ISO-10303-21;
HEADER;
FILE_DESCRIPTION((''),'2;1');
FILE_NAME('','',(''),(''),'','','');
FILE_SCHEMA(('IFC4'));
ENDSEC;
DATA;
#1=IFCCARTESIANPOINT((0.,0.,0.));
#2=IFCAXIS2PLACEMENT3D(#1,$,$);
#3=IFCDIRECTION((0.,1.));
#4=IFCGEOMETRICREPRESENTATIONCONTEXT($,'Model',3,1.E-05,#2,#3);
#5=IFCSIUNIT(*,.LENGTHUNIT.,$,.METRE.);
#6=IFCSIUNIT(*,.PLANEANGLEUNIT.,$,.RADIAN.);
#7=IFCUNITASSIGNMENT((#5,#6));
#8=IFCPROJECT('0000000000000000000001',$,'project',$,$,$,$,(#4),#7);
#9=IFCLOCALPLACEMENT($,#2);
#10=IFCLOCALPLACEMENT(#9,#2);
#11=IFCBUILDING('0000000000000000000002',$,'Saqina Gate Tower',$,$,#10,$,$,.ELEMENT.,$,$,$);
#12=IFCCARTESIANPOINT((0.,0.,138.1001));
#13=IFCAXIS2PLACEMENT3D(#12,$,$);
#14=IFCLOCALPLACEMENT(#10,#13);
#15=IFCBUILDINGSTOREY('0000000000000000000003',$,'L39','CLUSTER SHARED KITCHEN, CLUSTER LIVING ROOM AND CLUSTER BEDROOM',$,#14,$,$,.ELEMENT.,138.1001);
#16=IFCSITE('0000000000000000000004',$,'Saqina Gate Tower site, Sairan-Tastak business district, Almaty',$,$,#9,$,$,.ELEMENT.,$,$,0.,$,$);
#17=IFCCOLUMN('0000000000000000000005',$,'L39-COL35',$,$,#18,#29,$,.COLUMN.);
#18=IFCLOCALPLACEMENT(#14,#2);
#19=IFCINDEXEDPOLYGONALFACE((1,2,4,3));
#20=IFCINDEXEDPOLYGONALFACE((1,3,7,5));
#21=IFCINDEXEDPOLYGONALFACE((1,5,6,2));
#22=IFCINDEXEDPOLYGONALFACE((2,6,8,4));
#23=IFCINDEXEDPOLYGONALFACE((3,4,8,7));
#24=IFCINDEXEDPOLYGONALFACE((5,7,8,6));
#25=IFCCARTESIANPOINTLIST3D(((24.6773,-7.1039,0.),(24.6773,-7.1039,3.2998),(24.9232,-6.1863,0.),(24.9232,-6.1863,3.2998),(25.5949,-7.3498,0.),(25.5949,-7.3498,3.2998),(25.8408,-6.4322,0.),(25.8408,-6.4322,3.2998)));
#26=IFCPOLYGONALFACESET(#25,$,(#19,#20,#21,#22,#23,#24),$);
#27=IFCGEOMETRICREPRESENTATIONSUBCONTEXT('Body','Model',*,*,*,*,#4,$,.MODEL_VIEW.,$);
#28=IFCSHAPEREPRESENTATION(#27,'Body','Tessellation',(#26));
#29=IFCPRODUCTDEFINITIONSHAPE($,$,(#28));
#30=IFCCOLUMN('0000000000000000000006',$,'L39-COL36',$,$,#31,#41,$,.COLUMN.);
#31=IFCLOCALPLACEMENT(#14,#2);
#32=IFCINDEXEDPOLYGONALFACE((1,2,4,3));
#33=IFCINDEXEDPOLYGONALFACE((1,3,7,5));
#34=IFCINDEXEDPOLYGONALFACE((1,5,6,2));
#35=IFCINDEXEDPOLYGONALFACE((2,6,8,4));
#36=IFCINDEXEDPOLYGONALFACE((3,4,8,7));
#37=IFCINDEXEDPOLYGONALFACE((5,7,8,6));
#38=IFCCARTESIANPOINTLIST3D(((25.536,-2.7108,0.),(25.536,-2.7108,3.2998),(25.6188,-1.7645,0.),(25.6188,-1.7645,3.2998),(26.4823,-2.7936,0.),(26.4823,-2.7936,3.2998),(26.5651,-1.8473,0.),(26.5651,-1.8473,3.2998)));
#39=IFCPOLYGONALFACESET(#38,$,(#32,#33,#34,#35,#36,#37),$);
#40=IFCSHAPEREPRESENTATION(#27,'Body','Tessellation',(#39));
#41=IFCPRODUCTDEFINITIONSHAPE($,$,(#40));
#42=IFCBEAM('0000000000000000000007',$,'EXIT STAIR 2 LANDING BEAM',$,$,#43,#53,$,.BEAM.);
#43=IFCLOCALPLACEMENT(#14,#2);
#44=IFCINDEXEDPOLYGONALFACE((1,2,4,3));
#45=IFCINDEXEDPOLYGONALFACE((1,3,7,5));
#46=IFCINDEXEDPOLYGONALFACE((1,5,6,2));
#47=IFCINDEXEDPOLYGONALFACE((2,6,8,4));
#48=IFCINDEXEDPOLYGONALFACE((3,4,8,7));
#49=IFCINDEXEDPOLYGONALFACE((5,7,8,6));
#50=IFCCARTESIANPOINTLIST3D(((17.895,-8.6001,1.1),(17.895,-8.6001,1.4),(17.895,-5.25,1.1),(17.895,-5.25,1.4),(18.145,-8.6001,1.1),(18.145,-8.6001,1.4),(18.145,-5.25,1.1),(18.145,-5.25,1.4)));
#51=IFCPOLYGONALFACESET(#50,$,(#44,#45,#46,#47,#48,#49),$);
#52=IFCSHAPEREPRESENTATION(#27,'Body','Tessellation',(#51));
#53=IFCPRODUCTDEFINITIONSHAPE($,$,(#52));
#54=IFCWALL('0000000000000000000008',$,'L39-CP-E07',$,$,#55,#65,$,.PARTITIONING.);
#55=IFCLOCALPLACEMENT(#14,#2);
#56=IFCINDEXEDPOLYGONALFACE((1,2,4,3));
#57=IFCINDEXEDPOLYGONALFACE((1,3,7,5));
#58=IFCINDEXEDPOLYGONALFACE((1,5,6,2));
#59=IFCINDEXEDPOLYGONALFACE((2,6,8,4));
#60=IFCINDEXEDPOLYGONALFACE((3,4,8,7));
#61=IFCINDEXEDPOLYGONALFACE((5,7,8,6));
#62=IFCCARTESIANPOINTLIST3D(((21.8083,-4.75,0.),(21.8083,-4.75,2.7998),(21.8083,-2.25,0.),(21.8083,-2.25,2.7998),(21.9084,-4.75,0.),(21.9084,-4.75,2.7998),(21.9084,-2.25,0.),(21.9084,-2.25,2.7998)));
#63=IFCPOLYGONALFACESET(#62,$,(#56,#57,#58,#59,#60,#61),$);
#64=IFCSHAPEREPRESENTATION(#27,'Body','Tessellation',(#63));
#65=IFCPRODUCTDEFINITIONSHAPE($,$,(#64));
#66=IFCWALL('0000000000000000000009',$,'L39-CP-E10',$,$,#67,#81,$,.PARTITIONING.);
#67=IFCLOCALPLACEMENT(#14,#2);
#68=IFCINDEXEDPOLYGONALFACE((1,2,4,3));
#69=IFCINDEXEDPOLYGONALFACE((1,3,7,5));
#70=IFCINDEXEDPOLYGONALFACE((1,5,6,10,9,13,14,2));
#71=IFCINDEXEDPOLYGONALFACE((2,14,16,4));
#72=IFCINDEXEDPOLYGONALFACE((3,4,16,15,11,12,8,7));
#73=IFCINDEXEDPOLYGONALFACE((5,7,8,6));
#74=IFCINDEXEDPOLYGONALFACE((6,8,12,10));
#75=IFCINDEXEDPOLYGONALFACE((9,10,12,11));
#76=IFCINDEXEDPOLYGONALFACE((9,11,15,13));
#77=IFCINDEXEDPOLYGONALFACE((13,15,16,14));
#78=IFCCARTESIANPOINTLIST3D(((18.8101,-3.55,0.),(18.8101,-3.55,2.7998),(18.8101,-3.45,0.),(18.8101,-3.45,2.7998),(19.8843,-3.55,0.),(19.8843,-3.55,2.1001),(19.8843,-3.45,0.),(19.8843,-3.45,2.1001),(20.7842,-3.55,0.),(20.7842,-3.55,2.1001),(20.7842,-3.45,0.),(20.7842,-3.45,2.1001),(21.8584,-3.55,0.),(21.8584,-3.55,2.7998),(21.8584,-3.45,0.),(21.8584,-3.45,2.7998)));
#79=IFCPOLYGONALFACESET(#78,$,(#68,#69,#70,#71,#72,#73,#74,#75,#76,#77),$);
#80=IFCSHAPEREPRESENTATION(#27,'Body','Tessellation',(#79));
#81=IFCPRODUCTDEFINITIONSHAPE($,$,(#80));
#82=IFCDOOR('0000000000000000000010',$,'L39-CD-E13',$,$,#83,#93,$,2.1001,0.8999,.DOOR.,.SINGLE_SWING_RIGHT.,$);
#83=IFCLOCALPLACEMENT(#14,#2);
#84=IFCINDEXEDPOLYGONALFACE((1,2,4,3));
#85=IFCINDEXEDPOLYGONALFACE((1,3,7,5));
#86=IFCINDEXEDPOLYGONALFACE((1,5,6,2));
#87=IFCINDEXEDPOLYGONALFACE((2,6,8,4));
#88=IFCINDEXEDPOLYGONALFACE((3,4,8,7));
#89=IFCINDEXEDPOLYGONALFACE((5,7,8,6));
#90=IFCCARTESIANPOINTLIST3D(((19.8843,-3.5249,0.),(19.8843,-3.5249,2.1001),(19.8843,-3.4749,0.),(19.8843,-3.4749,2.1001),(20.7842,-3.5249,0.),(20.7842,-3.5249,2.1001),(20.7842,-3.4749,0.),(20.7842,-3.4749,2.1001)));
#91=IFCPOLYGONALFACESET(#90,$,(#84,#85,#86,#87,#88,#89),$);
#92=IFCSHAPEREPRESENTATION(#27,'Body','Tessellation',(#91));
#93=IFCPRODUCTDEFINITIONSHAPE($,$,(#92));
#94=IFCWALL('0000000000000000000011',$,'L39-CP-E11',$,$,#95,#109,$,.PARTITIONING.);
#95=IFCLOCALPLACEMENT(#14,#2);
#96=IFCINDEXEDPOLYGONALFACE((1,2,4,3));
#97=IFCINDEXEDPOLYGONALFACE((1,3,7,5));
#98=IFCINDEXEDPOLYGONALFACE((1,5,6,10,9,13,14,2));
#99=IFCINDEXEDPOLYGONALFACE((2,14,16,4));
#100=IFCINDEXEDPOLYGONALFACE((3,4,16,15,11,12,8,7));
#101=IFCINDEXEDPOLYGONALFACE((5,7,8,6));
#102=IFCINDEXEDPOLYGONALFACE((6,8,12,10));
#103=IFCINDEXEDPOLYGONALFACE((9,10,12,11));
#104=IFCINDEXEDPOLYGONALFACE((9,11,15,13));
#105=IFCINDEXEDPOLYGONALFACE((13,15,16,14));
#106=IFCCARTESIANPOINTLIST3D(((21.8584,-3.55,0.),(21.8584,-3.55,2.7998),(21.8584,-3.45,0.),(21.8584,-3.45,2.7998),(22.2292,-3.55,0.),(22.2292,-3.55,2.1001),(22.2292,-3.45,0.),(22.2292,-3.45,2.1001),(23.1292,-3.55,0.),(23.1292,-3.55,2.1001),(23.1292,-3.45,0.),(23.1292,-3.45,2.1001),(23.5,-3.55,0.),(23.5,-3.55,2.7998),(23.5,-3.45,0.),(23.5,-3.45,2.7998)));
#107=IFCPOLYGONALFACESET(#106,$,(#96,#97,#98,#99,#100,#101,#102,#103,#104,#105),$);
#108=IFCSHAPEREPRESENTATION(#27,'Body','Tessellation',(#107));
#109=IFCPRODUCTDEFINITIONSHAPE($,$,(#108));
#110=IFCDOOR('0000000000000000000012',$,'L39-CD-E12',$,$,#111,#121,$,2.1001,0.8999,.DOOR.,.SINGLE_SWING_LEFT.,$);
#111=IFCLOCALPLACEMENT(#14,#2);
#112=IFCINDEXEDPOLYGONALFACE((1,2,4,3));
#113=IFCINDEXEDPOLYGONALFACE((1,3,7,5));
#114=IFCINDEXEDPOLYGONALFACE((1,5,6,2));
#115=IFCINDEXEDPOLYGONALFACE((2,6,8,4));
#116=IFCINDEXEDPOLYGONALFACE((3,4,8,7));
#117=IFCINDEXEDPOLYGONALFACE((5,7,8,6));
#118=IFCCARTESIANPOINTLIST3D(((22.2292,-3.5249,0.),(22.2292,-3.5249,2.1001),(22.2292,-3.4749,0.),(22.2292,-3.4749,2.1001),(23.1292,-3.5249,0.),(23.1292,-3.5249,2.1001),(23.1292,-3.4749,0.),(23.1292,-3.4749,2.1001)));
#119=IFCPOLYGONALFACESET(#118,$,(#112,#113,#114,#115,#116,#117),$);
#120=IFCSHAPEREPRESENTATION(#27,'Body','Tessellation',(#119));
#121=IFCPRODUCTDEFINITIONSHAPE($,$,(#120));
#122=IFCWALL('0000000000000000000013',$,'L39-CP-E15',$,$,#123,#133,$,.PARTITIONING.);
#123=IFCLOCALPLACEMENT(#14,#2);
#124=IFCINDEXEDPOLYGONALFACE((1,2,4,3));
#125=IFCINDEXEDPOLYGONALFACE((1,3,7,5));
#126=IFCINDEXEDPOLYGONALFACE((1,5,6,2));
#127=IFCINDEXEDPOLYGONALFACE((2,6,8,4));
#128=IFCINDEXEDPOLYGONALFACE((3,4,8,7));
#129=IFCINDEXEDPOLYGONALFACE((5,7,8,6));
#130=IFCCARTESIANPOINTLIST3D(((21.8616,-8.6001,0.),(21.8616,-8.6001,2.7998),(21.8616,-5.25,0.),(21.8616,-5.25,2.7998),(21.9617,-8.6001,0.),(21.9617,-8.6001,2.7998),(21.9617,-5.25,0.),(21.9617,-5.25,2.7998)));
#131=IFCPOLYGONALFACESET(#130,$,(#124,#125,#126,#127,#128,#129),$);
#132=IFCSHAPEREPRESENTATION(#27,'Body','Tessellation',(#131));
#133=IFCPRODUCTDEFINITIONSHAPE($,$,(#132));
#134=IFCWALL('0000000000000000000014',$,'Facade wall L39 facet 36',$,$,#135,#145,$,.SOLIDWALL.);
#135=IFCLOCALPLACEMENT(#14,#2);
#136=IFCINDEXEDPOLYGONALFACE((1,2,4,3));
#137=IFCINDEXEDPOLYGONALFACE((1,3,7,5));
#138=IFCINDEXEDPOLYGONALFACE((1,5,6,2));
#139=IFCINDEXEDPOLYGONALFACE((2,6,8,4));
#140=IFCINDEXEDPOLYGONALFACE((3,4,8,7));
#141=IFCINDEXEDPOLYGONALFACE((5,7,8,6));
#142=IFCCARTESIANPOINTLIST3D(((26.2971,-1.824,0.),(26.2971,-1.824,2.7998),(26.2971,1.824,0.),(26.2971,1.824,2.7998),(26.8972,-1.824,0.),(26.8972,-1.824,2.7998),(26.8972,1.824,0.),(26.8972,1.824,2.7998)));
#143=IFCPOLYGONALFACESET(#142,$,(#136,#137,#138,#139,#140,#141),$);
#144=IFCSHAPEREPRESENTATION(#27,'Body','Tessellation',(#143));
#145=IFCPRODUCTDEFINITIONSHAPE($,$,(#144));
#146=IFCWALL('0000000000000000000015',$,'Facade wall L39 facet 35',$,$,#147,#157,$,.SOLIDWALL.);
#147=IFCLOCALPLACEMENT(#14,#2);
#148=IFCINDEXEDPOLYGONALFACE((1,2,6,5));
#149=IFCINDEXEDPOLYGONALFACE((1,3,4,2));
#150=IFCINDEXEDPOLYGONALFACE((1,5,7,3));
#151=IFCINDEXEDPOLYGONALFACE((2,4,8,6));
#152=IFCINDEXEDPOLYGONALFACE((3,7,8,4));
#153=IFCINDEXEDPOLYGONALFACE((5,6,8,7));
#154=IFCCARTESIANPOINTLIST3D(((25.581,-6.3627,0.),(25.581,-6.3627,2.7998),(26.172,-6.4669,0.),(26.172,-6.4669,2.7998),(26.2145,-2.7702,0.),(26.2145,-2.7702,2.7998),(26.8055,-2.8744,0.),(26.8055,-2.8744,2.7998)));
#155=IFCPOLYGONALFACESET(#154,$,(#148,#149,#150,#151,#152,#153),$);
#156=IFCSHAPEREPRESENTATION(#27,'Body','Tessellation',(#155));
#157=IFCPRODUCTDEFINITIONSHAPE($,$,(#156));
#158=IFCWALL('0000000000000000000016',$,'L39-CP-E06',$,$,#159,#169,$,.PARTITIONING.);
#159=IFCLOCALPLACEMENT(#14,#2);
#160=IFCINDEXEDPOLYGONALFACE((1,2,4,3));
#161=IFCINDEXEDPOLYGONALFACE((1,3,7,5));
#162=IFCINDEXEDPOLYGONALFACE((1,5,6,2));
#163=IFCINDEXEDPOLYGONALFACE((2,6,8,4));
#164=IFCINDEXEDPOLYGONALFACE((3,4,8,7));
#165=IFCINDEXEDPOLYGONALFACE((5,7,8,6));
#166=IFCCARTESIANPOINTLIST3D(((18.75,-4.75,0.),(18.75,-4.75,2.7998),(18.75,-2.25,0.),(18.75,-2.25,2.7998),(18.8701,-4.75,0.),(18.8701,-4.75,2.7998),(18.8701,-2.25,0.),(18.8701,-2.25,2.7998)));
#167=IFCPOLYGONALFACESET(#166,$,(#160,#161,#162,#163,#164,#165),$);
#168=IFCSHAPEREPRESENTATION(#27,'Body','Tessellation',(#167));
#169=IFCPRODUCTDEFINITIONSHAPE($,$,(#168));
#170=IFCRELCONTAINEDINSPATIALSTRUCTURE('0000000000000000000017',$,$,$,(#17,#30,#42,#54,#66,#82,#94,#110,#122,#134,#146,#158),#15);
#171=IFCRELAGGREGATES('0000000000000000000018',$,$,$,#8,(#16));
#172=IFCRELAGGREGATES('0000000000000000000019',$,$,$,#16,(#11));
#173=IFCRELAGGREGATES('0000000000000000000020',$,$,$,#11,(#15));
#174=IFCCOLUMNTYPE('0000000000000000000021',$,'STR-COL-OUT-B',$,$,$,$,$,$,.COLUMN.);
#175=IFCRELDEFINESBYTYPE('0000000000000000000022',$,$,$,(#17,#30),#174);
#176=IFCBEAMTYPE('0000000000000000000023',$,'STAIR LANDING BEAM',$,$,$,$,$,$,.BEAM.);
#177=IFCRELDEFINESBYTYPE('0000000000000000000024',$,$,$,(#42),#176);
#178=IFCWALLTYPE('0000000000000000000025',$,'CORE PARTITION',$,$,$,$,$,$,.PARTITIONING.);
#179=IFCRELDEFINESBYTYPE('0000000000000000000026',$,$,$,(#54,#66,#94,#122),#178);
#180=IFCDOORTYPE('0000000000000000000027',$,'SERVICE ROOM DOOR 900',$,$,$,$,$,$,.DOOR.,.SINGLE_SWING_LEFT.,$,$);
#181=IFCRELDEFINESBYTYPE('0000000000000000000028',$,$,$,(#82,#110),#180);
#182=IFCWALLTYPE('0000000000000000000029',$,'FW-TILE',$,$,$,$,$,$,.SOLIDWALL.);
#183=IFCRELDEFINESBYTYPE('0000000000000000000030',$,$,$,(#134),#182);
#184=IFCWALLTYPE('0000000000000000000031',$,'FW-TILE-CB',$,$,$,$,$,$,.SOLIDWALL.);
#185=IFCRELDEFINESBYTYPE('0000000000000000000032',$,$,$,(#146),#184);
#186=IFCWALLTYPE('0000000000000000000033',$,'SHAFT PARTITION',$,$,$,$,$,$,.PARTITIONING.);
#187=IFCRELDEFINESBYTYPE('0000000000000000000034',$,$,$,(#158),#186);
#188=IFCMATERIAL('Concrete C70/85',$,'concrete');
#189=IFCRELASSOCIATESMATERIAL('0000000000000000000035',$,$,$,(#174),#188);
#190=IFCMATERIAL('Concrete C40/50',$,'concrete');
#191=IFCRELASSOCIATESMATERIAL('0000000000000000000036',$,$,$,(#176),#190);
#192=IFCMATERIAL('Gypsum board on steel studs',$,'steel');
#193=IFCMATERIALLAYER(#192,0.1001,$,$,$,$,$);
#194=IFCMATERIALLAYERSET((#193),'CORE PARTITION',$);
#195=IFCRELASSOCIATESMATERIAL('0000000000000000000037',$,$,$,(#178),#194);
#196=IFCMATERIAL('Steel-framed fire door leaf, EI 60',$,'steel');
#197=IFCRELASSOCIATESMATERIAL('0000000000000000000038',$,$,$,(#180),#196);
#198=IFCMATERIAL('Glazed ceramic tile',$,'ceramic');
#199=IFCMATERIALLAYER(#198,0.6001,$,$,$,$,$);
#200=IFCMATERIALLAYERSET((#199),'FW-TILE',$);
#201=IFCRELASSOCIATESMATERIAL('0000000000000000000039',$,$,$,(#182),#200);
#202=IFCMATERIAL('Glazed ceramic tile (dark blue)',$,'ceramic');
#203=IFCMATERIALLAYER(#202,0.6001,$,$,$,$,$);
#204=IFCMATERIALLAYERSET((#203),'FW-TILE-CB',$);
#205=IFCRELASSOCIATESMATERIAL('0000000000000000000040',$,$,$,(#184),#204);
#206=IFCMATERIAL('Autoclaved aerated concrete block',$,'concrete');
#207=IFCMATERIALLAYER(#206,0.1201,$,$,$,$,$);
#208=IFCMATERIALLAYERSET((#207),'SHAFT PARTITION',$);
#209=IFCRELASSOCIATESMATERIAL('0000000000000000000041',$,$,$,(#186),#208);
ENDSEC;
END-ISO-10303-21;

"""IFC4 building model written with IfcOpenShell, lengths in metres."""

from ifc_helpers import new_model, si_unit, direction, frame, frame_2d, origin, origin_2d, place, context, subcontext, project, spatial, rectangle, extrude, material, layer, layer_set, material_profile, profile_set, type_object, element, fill, save


model = new_model("IFC4")

# Units and contexts
model_context = context("Model", 3, precision=1e-05, world=origin(), true_north=direction((0.0, 1.0)))
body_context = subcontext(model_context, "Body", "Model", "MODEL_VIEW")
ifc_project = project(units=[si_unit("LENGTHUNIT", "METRE"), si_unit("PLANEANGLEUNIT", "RADIAN")], contexts=[model_context])

# Site, building, storey
site_placement = place(None, origin())
site = spatial("IfcSite", under=ifc_project, at=site_placement, Name="Saqina Gate Tower site, Sairan-Tastak business district, Almaty", CompositionType="ELEMENT", RefElevation=0.0)
building_placement = place(site_placement, origin())
building = spatial("IfcBuilding", under=site, at=building_placement, Name="Saqina Gate Tower", CompositionType="ELEMENT")
storey_placement = place(building_placement, frame((0.0, 0.0, 138.1001)))
storey = spatial("IfcBuildingStorey", under=building, at=storey_placement, Name="L39", Description="CLUSTER SHARED KITCHEN, CLUSTER LIVING ROOM AND CLUSTER BEDROOM", CompositionType="ELEMENT", Elevation=138.1001)

# Columns
ifc_material_1 = material(Name="Concrete C70/85", Category="concrete")
ifc_material_profile_1 = material_profile(ifc_material_1, rectangle(XDim=0.95, YDim=0.95, at=origin_2d()), Name="RC 950x950")
ifc_profile_set_1 = profile_set([ifc_material_profile_1], Name="Concrete C70/85")
column_type = type_object("IfcColumnType", Name="STR-COL-OUT-B", PredefinedType="COLUMN", material=ifc_profile_set_1)
for number, where, z_axis, x_axis, name in (
    (1, (25.259, -6.7681, 0.0), (0.0, 0.0, 1.0), (0.965926, -0.258819, 0.0), "L39-COL35"),
    (2, (26.0505, -2.2791, 0.0), (0.0, 0.0, 1.0), (0.996195, -0.087156, 0.0), "L39-COL36"),
):
    element("IfcColumn", number, at=place(storey_placement, frame(where, z_axis=z_axis, x_axis=x_axis)), inside=storey, type_object=column_type, Name=name, PredefinedType="COLUMN", context=body_context, shape_type="SweptSolid", body=[
        extrude(rectangle(XDim=0.95, YDim=0.95, at=origin_2d()), origin(), (0.0, 0.0, 1.0), 3.2998),
    ])

# Beam
ifc_material_2 = material(Name="Concrete C40/50", Category="concrete")
ifc_material_profile_2 = material_profile(ifc_material_2, rectangle(XDim=0.25, YDim=0.3, at=origin_2d()), Name="STAIR LANDING BEAM")
ifc_profile_set_2 = profile_set([ifc_material_profile_2], Name="Concrete C40/50")
beam_type = type_object("IfcBeamType", Name="STAIR LANDING BEAM", PredefinedType="BEAM", material=ifc_profile_set_2)
beam_placement = place(storey_placement, frame((18.02, -8.6001, 1.25), z_axis=(0.0, 1.0, 0.0), x_axis=(-1.0, 0.0, 0.0)))
element("IfcBeam", 3, at=beam_placement, inside=storey, type_object=beam_type, Name="EXIT STAIR 2 LANDING BEAM", PredefinedType="BEAM", context=body_context, shape_type="SweptSolid", body=[
    extrude(rectangle(XDim=0.25, YDim=0.3, at=origin_2d()), origin(), (0.0, 0.0, 1.0), 3.3501),
])

# Wall
ifc_material_3 = material(Name="Gypsum board on steel studs", Category="steel")
ifc_layer_1 = layer(ifc_material_3, 0.1001)
ifc_layer_set_1 = layer_set([ifc_layer_1], Name="CORE PARTITION")
wall_type_1 = type_object("IfcWallType", Name="CORE PARTITION", PredefinedType="PARTITIONING", material=ifc_layer_set_1)
wall_1_placement = place(storey_placement, frame((21.8584, -4.75, 0.0), z_axis=(0.0, 0.0, 1.0), x_axis=(0.0, 1.0, 0.0)))
element("IfcWall", 4, at=wall_1_placement, inside=storey, type_object=wall_type_1, Name="L39-CP-E07", PredefinedType="PARTITIONING", context=body_context, shape_type="SweptSolid", body=[
    extrude(rectangle(XDim=2.5, YDim=0.1001, at=frame_2d((1.25, 0.0))), origin(), (0.0, 0.0, 1.0), 2.7998),
])

# Walls, openings, doors
wall_2_placement = place(storey_placement, frame((18.8101, -3.5, 0.0), z_axis=(0.0, 0.0, 1.0), x_axis=(1.0, 0.0, 0.0)))
wall_2 = element("IfcWall", 5, at=wall_2_placement, inside=storey, type_object=wall_type_1, Name="L39-CP-E10", PredefinedType="PARTITIONING", context=body_context, shape_type="SweptSolid", body=[
    extrude(rectangle(XDim=3.0483, YDim=0.1001, at=frame_2d((1.5242, 0.0))), origin(), (0.0, 0.0, 1.0), 2.7998),
])
opening_1_placement = place(wall_2_placement, frame((1.0742, 0.0, 0.0)))
opening_1 = element("IfcOpeningElement", 6, at=opening_1_placement, cuts=wall_2, PredefinedType="OPENING", context=body_context, shape_type="SweptSolid", body=[
    extrude(rectangle(XDim=0.8999, YDim=2.1001, at=frame_2d((0.45, 1.05))), frame((0.0, 0.062, 0.0), z_axis=(0.0, -1.0, 0.0), x_axis=(1.0, 0.0, 0.0)), (0.0, 0.0, 1.0), 0.124),
])
ifc_material_4 = material(Name="Steel-framed fire door leaf, EI 60", Category="steel")
door_type = type_object("IfcDoorType", Name="SERVICE ROOM DOOR 900", OperationType="SINGLE_SWING_LEFT", PredefinedType="DOOR", material=ifc_material_4)
door_1_placement = place(opening_1_placement, frame((0.8999, 0.0, 0.0), z_axis=(0.0, 0.0, 1.0), x_axis=(-1.0, 0.0, 0.0)))
door_1 = element("IfcDoor", 7, at=door_1_placement, inside=storey, type_object=door_type, Name="L39-CD-E13", OperationType="SINGLE_SWING_RIGHT", OverallHeight=2.1001, OverallWidth=0.8999, PredefinedType="DOOR", context=body_context, shape_type="SweptSolid", body=[
    extrude(rectangle(XDim=0.8999, YDim=2.1001, at=frame_2d((0.45, 1.05))), frame((0.0, 0.0249, 0.0), z_axis=(0.0, -1.0, 0.0), x_axis=(1.0, 0.0, 0.0)), (0.0, 0.0, 1.0), 0.05),
])
fill(opening_1, door_1)
wall_3_placement = place(storey_placement, frame((21.8584, -3.5, 0.0), z_axis=(0.0, 0.0, 1.0), x_axis=(1.0, 0.0, 0.0)))
wall_3 = element("IfcWall", 8, at=wall_3_placement, inside=storey, type_object=wall_type_1, Name="L39-CP-E11", PredefinedType="PARTITIONING", context=body_context, shape_type="SweptSolid", body=[
    extrude(rectangle(XDim=1.6416, YDim=0.1001, at=frame_2d((0.8208, 0.0))), origin(), (0.0, 0.0, 1.0), 2.7998),
])
opening_2_placement = place(wall_3_placement, frame((0.3708, 0.0, 0.0)))
opening_2 = element("IfcOpeningElement", 9, at=opening_2_placement, cuts=wall_3, PredefinedType="OPENING", context=body_context, shape_type="SweptSolid", body=[
    extrude(rectangle(XDim=0.8999, YDim=2.1001, at=frame_2d((0.45, 1.05))), frame((0.0, 0.062, 0.0), z_axis=(0.0, -1.0, 0.0), x_axis=(1.0, 0.0, 0.0)), (0.0, 0.0, 1.0), 0.124),
])
door_2_placement = place(opening_2_placement, frame((0.8999, 0.0, 0.0), z_axis=(0.0, 0.0, 1.0), x_axis=(-1.0, 0.0, 0.0)))
door_2 = element("IfcDoor", 10, at=door_2_placement, inside=storey, type_object=door_type, Name="L39-CD-E12", OperationType="SINGLE_SWING_LEFT", OverallHeight=2.1001, OverallWidth=0.8999, PredefinedType="DOOR", context=body_context, shape_type="SweptSolid", body=[
    extrude(rectangle(XDim=0.8999, YDim=2.1001, at=frame_2d((0.45, 1.05))), frame((0.0, 0.0249, 0.0), z_axis=(0.0, -1.0, 0.0), x_axis=(1.0, 0.0, 0.0)), (0.0, 0.0, 1.0), 0.05),
])
fill(opening_2, door_2)

# Walls
wall_4_placement = place(storey_placement, frame((21.9116, -8.6001, 0.0), z_axis=(0.0, 0.0, 1.0), x_axis=(0.0, 1.0, 0.0)))
element("IfcWall", 11, at=wall_4_placement, inside=storey, type_object=wall_type_1, Name="L39-CP-E15", PredefinedType="PARTITIONING", context=body_context, shape_type="SweptSolid", body=[
    extrude(rectangle(XDim=3.3501, YDim=0.1001, at=frame_2d((1.675, 0.0))), origin(), (0.0, 0.0, 1.0), 2.7998),
])
ifc_material_5 = material(Name="Glazed ceramic tile", Category="ceramic")
ifc_layer_2 = layer(ifc_material_5, 0.6001)
ifc_layer_set_2 = layer_set([ifc_layer_2], Name="FW-TILE")
wall_type_2 = type_object("IfcWallType", Name="FW-TILE", PredefinedType="SOLIDWALL", material=ifc_layer_set_2)
wall_5_placement = place(storey_placement, frame((26.5972, -1.824, 0.0), z_axis=(0.0, 0.0, 1.0), x_axis=(0.0, 1.0, 0.0)))
element("IfcWall", 12, at=wall_5_placement, inside=storey, type_object=wall_type_2, Name="Facade wall L39 facet 36", PredefinedType="SOLIDWALL", context=body_context, shape_type="SweptSolid", body=[
    extrude(rectangle(XDim=3.6479, YDim=0.6001, at=frame_2d((1.824, 0.0))), origin(), (0.0, 0.0, 1.0), 2.7998),
])
ifc_material_6 = material(Name="Glazed ceramic tile (dark blue)", Category="ceramic")
ifc_layer_3 = layer(ifc_material_6, 0.6001)
ifc_layer_set_3 = layer_set([ifc_layer_3], Name="FW-TILE-CB")
wall_type_3 = type_object("IfcWallType", Name="FW-TILE-CB", PredefinedType="SOLIDWALL", material=ifc_layer_set_3)
wall_6_placement = place(storey_placement, frame((25.8765, -6.4148, 0.0), z_axis=(0.0, 0.0, 1.0), x_axis=(0.173671, 0.984804, 0.0)))
element("IfcWall", 13, at=wall_6_placement, inside=storey, type_object=wall_type_3, Name="Facade wall L39 facet 35", PredefinedType="SOLIDWALL", context=body_context, shape_type="SweptSolid", body=[
    extrude(rectangle(XDim=3.6479, YDim=0.6001, at=frame_2d((1.824, 0.0))), origin(), (0.0, 0.0, 1.0), 2.7998),
])
ifc_material_7 = material(Name="Autoclaved aerated concrete block", Category="concrete")
ifc_layer_4 = layer(ifc_material_7, 0.1201)
ifc_layer_set_4 = layer_set([ifc_layer_4], Name="SHAFT PARTITION")
wall_type_4 = type_object("IfcWallType", Name="SHAFT PARTITION", PredefinedType="PARTITIONING", material=ifc_layer_set_4)
wall_7_placement = place(storey_placement, frame((18.8101, -4.75, 0.0), z_axis=(0.0, 0.0, 1.0), x_axis=(0.0, 1.0, 0.0)))
element("IfcWall", 14, at=wall_7_placement, inside=storey, type_object=wall_type_4, Name="L39-CP-E06", PredefinedType="PARTITIONING", context=body_context, shape_type="SweptSolid", body=[
    extrude(rectangle(XDim=2.5, YDim=0.1201, at=frame_2d((1.25, 0.0))), origin(), (0.0, 0.0, 1.0), 2.7998),
])

save(model, "model.ifc")
